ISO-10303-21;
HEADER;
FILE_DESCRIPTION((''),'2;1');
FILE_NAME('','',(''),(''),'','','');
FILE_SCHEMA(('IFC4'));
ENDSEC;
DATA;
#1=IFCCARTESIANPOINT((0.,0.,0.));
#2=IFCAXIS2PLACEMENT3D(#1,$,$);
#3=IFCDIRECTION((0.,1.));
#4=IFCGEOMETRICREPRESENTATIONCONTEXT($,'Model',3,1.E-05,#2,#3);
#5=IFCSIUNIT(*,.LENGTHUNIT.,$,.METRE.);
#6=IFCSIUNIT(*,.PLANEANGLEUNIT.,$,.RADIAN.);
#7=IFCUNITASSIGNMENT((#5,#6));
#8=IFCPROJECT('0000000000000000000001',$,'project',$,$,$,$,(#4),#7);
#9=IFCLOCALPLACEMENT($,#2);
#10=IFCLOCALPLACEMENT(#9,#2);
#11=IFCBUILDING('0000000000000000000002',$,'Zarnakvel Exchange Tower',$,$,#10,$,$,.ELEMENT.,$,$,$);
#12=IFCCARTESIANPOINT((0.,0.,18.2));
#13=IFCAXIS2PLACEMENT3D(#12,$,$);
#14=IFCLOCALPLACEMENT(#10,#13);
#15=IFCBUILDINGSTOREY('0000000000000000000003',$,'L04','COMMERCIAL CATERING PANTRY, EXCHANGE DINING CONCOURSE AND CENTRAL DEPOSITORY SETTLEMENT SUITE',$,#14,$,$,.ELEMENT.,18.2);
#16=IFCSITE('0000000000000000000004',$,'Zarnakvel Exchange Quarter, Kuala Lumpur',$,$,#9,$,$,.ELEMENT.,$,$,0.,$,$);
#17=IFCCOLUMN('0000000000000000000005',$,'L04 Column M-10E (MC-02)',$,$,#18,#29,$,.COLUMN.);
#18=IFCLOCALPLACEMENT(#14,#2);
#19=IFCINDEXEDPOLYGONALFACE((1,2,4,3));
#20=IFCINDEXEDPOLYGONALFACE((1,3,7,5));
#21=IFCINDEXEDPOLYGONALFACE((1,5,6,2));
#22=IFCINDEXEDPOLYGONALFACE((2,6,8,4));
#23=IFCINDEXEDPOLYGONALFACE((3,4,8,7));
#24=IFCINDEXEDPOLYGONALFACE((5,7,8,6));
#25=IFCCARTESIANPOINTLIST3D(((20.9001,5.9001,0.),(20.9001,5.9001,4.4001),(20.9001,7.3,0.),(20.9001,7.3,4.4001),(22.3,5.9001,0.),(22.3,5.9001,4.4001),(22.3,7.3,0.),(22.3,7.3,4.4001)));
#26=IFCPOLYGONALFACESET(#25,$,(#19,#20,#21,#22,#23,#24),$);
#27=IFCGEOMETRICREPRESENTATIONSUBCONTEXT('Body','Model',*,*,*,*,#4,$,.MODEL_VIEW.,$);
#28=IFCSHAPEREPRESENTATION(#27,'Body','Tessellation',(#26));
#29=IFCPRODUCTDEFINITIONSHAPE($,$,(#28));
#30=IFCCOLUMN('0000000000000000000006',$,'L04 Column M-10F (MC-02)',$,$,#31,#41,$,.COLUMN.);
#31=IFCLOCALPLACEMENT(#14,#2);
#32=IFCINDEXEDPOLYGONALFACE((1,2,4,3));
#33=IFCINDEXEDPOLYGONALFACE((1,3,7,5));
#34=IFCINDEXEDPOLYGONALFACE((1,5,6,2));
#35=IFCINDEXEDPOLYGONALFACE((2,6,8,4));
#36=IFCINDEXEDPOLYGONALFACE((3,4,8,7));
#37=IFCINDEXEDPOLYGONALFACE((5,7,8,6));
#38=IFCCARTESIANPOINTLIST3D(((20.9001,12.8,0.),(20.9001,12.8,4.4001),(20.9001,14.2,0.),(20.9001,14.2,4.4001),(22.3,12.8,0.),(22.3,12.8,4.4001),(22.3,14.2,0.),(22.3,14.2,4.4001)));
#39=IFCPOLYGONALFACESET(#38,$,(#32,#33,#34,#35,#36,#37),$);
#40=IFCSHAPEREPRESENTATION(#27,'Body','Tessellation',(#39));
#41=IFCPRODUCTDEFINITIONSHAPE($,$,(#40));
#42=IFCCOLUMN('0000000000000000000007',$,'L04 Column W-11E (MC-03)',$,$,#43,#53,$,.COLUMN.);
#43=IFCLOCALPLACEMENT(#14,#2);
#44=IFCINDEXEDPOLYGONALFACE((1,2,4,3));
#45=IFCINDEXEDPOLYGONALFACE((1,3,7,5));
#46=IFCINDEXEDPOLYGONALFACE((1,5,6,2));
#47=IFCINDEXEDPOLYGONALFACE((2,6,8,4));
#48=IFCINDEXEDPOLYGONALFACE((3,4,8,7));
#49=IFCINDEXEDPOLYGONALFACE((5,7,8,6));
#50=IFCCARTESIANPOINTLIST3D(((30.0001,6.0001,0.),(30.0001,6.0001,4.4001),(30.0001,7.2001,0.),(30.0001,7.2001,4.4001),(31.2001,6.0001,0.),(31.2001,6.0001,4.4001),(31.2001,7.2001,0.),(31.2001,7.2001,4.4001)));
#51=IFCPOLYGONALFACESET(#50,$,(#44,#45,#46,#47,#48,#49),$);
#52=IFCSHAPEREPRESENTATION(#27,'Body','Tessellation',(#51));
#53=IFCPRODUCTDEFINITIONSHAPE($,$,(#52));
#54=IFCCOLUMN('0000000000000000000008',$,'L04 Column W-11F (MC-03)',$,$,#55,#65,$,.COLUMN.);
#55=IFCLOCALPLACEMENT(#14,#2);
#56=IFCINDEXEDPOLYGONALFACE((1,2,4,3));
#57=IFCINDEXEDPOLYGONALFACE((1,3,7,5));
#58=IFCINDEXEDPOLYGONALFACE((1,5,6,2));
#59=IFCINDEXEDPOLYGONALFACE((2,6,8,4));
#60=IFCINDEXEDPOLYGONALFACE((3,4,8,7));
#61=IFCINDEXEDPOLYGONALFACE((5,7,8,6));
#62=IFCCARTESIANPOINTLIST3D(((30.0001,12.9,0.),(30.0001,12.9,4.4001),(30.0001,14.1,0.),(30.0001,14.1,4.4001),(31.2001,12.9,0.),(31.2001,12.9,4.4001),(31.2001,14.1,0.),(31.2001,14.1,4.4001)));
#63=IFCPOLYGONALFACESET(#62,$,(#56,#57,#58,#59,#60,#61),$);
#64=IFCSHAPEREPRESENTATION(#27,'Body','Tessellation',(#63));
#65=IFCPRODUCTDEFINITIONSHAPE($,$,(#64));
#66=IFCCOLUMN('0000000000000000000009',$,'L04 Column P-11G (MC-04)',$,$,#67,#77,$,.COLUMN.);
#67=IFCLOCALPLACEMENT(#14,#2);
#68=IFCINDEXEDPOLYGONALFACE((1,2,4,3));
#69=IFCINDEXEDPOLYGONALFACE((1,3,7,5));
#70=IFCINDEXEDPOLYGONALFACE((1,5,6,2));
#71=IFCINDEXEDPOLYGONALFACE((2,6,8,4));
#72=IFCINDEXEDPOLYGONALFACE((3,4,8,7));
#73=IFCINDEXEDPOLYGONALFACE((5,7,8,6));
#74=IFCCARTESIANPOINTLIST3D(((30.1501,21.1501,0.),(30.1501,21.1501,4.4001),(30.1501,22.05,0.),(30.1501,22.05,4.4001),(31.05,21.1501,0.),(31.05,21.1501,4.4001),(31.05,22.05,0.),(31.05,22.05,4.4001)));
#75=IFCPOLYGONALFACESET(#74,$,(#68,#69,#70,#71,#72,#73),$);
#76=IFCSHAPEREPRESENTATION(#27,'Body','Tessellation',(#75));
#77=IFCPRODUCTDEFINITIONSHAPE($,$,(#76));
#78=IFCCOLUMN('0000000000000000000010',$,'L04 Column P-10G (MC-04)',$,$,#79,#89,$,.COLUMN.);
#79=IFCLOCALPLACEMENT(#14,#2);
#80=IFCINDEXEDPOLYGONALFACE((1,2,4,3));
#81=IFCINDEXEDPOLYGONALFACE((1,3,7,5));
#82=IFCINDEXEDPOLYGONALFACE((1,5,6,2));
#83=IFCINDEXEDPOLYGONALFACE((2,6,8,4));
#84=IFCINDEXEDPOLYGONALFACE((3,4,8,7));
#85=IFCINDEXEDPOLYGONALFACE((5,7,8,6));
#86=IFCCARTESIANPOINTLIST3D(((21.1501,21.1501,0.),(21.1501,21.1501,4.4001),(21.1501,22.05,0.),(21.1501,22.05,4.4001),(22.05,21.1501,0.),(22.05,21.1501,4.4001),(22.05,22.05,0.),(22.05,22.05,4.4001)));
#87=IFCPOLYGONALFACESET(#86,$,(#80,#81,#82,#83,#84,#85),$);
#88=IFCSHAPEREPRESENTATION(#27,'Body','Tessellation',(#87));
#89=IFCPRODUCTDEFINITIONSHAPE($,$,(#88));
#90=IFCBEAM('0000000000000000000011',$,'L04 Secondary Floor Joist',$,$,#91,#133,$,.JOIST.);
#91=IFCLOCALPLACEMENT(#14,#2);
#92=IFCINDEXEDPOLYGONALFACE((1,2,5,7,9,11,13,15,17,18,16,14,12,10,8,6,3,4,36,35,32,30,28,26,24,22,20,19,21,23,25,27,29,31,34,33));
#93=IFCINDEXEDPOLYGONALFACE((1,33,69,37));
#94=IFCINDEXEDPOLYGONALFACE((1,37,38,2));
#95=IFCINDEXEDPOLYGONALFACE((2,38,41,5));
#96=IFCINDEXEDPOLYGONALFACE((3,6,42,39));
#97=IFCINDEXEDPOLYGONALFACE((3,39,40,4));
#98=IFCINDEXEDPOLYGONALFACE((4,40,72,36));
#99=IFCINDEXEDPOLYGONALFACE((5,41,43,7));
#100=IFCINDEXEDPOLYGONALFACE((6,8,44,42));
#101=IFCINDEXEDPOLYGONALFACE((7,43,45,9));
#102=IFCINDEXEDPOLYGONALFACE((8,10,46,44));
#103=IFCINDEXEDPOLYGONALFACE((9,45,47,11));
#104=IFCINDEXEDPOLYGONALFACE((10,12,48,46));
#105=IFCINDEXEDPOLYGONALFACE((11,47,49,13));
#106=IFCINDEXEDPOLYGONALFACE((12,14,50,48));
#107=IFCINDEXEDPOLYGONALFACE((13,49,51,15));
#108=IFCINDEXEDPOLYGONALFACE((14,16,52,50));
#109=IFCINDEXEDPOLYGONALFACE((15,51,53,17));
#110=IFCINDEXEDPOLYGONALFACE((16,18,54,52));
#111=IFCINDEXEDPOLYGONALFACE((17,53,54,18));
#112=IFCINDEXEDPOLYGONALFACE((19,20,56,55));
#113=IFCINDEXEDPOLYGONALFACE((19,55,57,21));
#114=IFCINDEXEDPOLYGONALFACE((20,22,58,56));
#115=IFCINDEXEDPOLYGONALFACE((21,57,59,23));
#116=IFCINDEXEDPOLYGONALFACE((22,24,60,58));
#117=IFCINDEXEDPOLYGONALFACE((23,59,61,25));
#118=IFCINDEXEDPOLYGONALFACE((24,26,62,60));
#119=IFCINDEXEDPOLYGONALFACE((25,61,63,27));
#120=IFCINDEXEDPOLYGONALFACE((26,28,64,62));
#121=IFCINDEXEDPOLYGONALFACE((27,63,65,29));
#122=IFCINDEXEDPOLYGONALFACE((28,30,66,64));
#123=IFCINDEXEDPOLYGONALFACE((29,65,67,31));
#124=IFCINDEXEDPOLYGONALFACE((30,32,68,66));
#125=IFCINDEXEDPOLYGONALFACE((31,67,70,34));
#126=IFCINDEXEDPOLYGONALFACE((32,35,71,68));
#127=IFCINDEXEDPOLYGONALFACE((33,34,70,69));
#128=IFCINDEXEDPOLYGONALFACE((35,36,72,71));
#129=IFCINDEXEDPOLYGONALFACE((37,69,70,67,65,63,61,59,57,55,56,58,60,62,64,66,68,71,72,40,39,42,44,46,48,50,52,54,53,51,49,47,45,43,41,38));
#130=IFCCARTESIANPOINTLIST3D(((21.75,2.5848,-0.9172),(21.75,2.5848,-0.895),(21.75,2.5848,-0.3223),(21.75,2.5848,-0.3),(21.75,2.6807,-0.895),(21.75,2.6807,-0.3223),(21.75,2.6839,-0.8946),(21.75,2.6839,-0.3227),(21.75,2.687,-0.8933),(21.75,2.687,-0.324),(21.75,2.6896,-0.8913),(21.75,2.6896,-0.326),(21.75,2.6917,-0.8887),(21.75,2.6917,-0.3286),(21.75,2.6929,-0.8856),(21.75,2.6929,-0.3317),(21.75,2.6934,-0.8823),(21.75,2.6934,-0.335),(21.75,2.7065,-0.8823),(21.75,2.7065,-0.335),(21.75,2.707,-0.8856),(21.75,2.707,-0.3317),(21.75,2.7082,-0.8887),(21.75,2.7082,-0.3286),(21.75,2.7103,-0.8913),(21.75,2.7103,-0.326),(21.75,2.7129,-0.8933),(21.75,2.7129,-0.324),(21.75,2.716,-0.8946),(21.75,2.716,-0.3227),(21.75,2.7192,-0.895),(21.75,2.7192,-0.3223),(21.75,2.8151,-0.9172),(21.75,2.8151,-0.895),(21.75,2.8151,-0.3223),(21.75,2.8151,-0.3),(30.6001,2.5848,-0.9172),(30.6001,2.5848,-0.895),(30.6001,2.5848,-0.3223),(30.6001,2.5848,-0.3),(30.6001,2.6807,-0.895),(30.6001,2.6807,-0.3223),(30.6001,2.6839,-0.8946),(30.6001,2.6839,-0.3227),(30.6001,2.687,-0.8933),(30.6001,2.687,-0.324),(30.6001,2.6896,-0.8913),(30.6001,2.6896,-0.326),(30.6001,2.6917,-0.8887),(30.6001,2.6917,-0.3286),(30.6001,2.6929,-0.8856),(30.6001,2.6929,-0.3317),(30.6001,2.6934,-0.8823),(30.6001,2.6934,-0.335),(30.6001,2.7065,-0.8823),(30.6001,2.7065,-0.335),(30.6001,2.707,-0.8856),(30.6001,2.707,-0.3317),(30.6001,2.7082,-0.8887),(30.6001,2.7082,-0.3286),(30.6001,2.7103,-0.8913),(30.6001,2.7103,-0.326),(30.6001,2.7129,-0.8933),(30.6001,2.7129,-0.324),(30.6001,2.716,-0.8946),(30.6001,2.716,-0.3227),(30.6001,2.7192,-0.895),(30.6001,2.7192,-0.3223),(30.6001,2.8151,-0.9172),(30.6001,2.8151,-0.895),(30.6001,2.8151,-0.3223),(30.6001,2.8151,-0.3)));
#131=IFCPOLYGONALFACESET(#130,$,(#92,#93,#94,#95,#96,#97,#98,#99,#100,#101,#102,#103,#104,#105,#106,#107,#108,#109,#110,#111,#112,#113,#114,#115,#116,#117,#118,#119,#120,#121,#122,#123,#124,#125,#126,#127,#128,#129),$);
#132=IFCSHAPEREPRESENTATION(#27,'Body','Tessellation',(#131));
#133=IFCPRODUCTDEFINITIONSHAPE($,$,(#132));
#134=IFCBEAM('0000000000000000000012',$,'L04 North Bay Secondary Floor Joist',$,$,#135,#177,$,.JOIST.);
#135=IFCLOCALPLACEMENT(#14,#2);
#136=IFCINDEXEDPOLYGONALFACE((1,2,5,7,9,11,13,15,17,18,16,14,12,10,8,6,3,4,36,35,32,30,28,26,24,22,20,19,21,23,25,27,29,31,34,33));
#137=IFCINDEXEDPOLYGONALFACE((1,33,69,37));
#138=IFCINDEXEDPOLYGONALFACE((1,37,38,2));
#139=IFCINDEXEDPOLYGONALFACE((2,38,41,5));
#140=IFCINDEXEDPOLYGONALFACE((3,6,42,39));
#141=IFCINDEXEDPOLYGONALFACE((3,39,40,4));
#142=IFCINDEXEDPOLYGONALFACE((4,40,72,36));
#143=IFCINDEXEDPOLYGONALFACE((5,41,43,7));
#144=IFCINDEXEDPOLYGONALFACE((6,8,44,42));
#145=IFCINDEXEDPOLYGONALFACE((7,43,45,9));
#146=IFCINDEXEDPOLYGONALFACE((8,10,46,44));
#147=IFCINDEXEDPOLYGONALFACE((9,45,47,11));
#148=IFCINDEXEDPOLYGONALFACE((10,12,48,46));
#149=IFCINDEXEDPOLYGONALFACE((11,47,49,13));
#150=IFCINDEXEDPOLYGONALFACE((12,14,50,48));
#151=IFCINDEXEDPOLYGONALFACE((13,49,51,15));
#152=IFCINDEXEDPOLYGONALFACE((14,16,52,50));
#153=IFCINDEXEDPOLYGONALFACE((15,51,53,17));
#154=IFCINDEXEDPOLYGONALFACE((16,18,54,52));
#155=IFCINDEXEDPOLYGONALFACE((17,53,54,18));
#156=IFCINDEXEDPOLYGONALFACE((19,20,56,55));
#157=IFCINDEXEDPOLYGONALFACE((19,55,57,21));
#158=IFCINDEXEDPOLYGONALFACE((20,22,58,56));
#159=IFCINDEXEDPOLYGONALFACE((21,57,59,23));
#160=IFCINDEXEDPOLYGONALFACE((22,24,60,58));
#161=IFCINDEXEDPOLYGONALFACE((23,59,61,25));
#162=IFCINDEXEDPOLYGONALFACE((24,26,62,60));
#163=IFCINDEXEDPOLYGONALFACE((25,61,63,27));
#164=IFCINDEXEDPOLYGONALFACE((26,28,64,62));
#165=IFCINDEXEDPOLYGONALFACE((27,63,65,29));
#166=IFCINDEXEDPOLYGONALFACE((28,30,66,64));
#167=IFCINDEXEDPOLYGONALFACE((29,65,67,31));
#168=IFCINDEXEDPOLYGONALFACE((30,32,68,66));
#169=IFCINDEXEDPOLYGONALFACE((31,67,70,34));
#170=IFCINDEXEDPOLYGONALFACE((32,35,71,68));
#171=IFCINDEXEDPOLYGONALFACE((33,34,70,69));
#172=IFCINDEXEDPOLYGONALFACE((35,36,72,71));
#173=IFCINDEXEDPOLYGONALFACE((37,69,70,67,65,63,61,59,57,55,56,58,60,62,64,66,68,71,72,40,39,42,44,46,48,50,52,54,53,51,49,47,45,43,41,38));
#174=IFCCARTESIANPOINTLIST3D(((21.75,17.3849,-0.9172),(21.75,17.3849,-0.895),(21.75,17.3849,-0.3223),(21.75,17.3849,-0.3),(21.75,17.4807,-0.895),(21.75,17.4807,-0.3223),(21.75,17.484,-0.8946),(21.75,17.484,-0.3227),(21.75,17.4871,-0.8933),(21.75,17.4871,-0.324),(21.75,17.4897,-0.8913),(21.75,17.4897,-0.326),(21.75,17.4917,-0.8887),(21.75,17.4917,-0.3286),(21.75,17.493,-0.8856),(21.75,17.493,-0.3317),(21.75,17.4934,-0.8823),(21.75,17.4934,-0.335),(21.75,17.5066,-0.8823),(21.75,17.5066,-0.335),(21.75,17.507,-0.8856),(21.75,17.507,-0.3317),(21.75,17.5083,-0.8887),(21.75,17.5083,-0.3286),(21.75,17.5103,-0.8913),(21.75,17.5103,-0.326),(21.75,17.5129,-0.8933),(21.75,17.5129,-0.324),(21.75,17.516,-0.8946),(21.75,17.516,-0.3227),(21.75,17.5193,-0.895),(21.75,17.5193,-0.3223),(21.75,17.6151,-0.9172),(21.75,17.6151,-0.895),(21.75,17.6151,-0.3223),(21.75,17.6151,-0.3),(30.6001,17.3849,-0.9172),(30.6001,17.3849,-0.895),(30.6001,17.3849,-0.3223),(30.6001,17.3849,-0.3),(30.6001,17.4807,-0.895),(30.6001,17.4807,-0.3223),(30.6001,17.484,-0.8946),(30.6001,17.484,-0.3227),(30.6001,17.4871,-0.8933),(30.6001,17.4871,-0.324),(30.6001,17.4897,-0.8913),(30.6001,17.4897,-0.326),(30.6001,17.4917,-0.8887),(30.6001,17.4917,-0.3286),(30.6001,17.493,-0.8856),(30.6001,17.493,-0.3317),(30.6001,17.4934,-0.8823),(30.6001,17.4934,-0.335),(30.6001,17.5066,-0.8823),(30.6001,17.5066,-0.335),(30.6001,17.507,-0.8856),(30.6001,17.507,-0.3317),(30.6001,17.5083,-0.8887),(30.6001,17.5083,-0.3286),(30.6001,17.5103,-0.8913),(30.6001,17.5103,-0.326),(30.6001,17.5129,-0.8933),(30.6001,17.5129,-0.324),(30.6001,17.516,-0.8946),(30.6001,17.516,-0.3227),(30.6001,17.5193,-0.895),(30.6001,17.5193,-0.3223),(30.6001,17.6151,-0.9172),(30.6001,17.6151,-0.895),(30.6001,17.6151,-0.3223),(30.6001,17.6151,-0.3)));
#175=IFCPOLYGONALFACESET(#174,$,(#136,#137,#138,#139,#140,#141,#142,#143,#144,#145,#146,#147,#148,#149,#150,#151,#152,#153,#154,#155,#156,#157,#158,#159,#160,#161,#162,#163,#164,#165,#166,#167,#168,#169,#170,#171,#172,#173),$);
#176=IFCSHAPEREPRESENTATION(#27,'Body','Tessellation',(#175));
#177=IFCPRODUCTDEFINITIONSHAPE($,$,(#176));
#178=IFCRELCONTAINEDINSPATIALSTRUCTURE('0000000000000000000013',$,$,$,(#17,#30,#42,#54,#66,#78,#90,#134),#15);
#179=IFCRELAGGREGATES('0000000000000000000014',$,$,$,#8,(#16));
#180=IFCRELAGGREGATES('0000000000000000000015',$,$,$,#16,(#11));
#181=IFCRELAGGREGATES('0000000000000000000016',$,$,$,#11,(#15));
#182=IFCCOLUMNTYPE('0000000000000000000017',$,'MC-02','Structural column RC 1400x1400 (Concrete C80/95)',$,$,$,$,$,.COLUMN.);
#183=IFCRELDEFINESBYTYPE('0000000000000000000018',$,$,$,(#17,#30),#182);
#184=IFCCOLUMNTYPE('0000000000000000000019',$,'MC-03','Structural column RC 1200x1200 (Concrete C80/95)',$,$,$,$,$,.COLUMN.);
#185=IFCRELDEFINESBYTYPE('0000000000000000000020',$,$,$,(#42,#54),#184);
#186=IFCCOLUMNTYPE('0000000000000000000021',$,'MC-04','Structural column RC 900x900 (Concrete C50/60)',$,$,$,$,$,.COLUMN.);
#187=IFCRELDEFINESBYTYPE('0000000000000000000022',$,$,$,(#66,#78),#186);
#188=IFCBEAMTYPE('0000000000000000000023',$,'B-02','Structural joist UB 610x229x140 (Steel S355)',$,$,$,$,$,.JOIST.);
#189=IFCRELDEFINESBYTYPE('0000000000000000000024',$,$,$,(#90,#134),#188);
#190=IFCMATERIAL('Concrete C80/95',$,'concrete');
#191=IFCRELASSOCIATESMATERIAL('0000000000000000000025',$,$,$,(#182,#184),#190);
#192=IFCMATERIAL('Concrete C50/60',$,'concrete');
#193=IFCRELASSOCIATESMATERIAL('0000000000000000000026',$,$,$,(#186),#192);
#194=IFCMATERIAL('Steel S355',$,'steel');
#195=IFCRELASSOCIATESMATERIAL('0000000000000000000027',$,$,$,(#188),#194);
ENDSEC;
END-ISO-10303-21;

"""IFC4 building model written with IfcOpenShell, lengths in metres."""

from ifc_helpers import new_model, si_unit, direction, frame, origin, origin_2d, place, context, subcontext, project, spatial, rectangle, i_section, extrude, material, material_profile, profile_set, type_object, element, save


model = new_model("IFC4")

# Units and contexts
model_context = context("Model", 3, precision=1e-05, world=origin(), true_north=direction((0.0, 1.0)))
body_context = subcontext(model_context, "Body", "Model", "MODEL_VIEW")
ifc_project = project(units=[si_unit("LENGTHUNIT", "METRE"), si_unit("PLANEANGLEUNIT", "RADIAN")], contexts=[model_context])

# Site, building, storey
site_placement = place(None, origin())
site = spatial("IfcSite", under=ifc_project, at=site_placement, Name="Zarnakvel Exchange Quarter, Kuala Lumpur", CompositionType="ELEMENT", RefElevation=0.0)
building_placement = place(site_placement, origin())
building = spatial("IfcBuilding", under=site, at=building_placement, Name="Zarnakvel Exchange Tower", CompositionType="ELEMENT")
storey_placement = place(building_placement, frame((0.0, 0.0, 18.2)))
storey = spatial("IfcBuildingStorey", under=building, at=storey_placement, Name="L04", Description="COMMERCIAL CATERING PANTRY, EXCHANGE DINING CONCOURSE AND CENTRAL DEPOSITORY SETTLEMENT SUITE", CompositionType="ELEMENT", Elevation=18.2)

# Columns
ifc_material_1 = material(Name="Concrete C80/95", Category="concrete")
ifc_material_profile_1 = material_profile(ifc_material_1, rectangle(XDim=1.3999, YDim=1.3999, at=origin_2d()))
ifc_profile_set_1 = profile_set([ifc_material_profile_1], Name="Concrete C80/95")
column_type_1 = type_object("IfcColumnType", Name="MC-02", Description="Structural column RC 1400x1400 (Concrete C80/95)", PredefinedType="COLUMN", material=ifc_profile_set_1)
for number, where, z_axis, x_axis, name in (
    (1, (21.6001, 6.6001, 0.0), (0.0, 0.0, 1.0), (1.0, 0.0, 0.0), "L04 Column M-10E (MC-02)"),
    (2, (21.6001, 13.5, 0.0), (0.0, 0.0, 1.0), (1.0, 0.0, 0.0), "L04 Column M-10F (MC-02)"),
):
    element("IfcColumn", number, at=place(storey_placement, frame(where, z_axis=z_axis, x_axis=x_axis)), inside=storey, type_object=column_type_1, Name=name, PredefinedType="COLUMN", context=body_context, shape_type="SweptSolid", body=[
        extrude(rectangle(XDim=1.3999, YDim=1.3999, at=origin_2d()), origin(), (0.0, 0.0, 1.0), 4.4001),
    ])
ifc_material_profile_2 = material_profile(ifc_material_1, rectangle(XDim=1.2, YDim=1.2, at=origin_2d()))
ifc_profile_set_2 = profile_set([ifc_material_profile_2], Name="Concrete C80/95")
column_type_2 = type_object("IfcColumnType", Name="MC-03", Description="Structural column RC 1200x1200 (Concrete C80/95)", PredefinedType="COLUMN", material=ifc_profile_set_2)
for number, where, z_axis, x_axis, name in (
    (3, (30.6001, 6.6001, 0.0), (0.0, 0.0, 1.0), (1.0, 0.0, 0.0), "L04 Column W-11E (MC-03)"),
    (4, (30.6001, 13.5, 0.0), (0.0, 0.0, 1.0), (1.0, 0.0, 0.0), "L04 Column W-11F (MC-03)"),
):
    element("IfcColumn", number, at=place(storey_placement, frame(where, z_axis=z_axis, x_axis=x_axis)), inside=storey, type_object=column_type_2, Name=name, PredefinedType="COLUMN", context=body_context, shape_type="SweptSolid", body=[
        extrude(rectangle(XDim=1.2, YDim=1.2, at=origin_2d()), origin(), (0.0, 0.0, 1.0), 4.4001),
    ])
ifc_material_2 = material(Name="Concrete C50/60", Category="concrete")
ifc_material_profile_3 = material_profile(ifc_material_2, rectangle(XDim=0.8999, YDim=0.8999, at=origin_2d()))
ifc_profile_set_3 = profile_set([ifc_material_profile_3], Name="Concrete C50/60")
column_type_3 = type_object("IfcColumnType", Name="MC-04", Description="Structural column RC 900x900 (Concrete C50/60)", PredefinedType="COLUMN", material=ifc_profile_set_3)
for number, where, z_axis, x_axis, name in (
    (5, (30.6001, 21.6001, 0.0), (0.0, 0.0, 1.0), (1.0, 0.0, 0.0), "L04 Column P-11G (MC-04)"),
    (6, (21.6001, 21.6001, 0.0), (0.0, 0.0, 1.0), (1.0, 0.0, 0.0), "L04 Column P-10G (MC-04)"),
):
    element("IfcColumn", number, at=place(storey_placement, frame(where, z_axis=z_axis, x_axis=x_axis)), inside=storey, type_object=column_type_3, Name=name, PredefinedType="COLUMN", context=body_context, shape_type="SweptSolid", body=[
        extrude(rectangle(XDim=0.8999, YDim=0.8999, at=origin_2d()), origin(), (0.0, 0.0, 1.0), 4.4001),
    ])

# Beams
ifc_material_3 = material(Name="Steel S355", Category="steel")
ifc_material_profile_4 = material_profile(ifc_material_3, i_section(OverallWidth=0.2302, OverallDepth=0.6172, WebThickness=0.0132, FlangeThickness=0.0222, FilletRadius=0.0127, at=origin_2d()))
ifc_profile_set_4 = profile_set([ifc_material_profile_4], Name="Steel S355")
beam_type_1 = type_object("IfcBeamType", Name="B-02", Description="Structural joist UB 610x229x140 (Steel S355)", PredefinedType="JOIST", material=ifc_profile_set_4)
for number, where, z_axis, x_axis, name in (
    (7, (21.75, 2.7, -0.6086), (1.0, 0.0, 0.0), (0.0, 1.0, 0.0), "L04 Secondary Floor Joist"),
    (8, (21.75, 17.5, -0.6086), (1.0, 0.0, 0.0), (0.0, 1.0, 0.0), "L04 North Bay Secondary Floor Joist"),
):
    element("IfcBeam", number, at=place(storey_placement, frame(where, z_axis=z_axis, x_axis=x_axis)), inside=storey, type_object=beam_type_1, Name=name, PredefinedType="JOIST", context=body_context, shape_type="SweptSolid", body=[
        extrude(i_section(OverallWidth=0.2302, OverallDepth=0.6172, WebThickness=0.0132, FlangeThickness=0.0222, FilletRadius=0.0127, at=origin_2d()), origin(), (0.0, 0.0, 1.0), 8.8501),
    ])

save(model, "model.ifc")
